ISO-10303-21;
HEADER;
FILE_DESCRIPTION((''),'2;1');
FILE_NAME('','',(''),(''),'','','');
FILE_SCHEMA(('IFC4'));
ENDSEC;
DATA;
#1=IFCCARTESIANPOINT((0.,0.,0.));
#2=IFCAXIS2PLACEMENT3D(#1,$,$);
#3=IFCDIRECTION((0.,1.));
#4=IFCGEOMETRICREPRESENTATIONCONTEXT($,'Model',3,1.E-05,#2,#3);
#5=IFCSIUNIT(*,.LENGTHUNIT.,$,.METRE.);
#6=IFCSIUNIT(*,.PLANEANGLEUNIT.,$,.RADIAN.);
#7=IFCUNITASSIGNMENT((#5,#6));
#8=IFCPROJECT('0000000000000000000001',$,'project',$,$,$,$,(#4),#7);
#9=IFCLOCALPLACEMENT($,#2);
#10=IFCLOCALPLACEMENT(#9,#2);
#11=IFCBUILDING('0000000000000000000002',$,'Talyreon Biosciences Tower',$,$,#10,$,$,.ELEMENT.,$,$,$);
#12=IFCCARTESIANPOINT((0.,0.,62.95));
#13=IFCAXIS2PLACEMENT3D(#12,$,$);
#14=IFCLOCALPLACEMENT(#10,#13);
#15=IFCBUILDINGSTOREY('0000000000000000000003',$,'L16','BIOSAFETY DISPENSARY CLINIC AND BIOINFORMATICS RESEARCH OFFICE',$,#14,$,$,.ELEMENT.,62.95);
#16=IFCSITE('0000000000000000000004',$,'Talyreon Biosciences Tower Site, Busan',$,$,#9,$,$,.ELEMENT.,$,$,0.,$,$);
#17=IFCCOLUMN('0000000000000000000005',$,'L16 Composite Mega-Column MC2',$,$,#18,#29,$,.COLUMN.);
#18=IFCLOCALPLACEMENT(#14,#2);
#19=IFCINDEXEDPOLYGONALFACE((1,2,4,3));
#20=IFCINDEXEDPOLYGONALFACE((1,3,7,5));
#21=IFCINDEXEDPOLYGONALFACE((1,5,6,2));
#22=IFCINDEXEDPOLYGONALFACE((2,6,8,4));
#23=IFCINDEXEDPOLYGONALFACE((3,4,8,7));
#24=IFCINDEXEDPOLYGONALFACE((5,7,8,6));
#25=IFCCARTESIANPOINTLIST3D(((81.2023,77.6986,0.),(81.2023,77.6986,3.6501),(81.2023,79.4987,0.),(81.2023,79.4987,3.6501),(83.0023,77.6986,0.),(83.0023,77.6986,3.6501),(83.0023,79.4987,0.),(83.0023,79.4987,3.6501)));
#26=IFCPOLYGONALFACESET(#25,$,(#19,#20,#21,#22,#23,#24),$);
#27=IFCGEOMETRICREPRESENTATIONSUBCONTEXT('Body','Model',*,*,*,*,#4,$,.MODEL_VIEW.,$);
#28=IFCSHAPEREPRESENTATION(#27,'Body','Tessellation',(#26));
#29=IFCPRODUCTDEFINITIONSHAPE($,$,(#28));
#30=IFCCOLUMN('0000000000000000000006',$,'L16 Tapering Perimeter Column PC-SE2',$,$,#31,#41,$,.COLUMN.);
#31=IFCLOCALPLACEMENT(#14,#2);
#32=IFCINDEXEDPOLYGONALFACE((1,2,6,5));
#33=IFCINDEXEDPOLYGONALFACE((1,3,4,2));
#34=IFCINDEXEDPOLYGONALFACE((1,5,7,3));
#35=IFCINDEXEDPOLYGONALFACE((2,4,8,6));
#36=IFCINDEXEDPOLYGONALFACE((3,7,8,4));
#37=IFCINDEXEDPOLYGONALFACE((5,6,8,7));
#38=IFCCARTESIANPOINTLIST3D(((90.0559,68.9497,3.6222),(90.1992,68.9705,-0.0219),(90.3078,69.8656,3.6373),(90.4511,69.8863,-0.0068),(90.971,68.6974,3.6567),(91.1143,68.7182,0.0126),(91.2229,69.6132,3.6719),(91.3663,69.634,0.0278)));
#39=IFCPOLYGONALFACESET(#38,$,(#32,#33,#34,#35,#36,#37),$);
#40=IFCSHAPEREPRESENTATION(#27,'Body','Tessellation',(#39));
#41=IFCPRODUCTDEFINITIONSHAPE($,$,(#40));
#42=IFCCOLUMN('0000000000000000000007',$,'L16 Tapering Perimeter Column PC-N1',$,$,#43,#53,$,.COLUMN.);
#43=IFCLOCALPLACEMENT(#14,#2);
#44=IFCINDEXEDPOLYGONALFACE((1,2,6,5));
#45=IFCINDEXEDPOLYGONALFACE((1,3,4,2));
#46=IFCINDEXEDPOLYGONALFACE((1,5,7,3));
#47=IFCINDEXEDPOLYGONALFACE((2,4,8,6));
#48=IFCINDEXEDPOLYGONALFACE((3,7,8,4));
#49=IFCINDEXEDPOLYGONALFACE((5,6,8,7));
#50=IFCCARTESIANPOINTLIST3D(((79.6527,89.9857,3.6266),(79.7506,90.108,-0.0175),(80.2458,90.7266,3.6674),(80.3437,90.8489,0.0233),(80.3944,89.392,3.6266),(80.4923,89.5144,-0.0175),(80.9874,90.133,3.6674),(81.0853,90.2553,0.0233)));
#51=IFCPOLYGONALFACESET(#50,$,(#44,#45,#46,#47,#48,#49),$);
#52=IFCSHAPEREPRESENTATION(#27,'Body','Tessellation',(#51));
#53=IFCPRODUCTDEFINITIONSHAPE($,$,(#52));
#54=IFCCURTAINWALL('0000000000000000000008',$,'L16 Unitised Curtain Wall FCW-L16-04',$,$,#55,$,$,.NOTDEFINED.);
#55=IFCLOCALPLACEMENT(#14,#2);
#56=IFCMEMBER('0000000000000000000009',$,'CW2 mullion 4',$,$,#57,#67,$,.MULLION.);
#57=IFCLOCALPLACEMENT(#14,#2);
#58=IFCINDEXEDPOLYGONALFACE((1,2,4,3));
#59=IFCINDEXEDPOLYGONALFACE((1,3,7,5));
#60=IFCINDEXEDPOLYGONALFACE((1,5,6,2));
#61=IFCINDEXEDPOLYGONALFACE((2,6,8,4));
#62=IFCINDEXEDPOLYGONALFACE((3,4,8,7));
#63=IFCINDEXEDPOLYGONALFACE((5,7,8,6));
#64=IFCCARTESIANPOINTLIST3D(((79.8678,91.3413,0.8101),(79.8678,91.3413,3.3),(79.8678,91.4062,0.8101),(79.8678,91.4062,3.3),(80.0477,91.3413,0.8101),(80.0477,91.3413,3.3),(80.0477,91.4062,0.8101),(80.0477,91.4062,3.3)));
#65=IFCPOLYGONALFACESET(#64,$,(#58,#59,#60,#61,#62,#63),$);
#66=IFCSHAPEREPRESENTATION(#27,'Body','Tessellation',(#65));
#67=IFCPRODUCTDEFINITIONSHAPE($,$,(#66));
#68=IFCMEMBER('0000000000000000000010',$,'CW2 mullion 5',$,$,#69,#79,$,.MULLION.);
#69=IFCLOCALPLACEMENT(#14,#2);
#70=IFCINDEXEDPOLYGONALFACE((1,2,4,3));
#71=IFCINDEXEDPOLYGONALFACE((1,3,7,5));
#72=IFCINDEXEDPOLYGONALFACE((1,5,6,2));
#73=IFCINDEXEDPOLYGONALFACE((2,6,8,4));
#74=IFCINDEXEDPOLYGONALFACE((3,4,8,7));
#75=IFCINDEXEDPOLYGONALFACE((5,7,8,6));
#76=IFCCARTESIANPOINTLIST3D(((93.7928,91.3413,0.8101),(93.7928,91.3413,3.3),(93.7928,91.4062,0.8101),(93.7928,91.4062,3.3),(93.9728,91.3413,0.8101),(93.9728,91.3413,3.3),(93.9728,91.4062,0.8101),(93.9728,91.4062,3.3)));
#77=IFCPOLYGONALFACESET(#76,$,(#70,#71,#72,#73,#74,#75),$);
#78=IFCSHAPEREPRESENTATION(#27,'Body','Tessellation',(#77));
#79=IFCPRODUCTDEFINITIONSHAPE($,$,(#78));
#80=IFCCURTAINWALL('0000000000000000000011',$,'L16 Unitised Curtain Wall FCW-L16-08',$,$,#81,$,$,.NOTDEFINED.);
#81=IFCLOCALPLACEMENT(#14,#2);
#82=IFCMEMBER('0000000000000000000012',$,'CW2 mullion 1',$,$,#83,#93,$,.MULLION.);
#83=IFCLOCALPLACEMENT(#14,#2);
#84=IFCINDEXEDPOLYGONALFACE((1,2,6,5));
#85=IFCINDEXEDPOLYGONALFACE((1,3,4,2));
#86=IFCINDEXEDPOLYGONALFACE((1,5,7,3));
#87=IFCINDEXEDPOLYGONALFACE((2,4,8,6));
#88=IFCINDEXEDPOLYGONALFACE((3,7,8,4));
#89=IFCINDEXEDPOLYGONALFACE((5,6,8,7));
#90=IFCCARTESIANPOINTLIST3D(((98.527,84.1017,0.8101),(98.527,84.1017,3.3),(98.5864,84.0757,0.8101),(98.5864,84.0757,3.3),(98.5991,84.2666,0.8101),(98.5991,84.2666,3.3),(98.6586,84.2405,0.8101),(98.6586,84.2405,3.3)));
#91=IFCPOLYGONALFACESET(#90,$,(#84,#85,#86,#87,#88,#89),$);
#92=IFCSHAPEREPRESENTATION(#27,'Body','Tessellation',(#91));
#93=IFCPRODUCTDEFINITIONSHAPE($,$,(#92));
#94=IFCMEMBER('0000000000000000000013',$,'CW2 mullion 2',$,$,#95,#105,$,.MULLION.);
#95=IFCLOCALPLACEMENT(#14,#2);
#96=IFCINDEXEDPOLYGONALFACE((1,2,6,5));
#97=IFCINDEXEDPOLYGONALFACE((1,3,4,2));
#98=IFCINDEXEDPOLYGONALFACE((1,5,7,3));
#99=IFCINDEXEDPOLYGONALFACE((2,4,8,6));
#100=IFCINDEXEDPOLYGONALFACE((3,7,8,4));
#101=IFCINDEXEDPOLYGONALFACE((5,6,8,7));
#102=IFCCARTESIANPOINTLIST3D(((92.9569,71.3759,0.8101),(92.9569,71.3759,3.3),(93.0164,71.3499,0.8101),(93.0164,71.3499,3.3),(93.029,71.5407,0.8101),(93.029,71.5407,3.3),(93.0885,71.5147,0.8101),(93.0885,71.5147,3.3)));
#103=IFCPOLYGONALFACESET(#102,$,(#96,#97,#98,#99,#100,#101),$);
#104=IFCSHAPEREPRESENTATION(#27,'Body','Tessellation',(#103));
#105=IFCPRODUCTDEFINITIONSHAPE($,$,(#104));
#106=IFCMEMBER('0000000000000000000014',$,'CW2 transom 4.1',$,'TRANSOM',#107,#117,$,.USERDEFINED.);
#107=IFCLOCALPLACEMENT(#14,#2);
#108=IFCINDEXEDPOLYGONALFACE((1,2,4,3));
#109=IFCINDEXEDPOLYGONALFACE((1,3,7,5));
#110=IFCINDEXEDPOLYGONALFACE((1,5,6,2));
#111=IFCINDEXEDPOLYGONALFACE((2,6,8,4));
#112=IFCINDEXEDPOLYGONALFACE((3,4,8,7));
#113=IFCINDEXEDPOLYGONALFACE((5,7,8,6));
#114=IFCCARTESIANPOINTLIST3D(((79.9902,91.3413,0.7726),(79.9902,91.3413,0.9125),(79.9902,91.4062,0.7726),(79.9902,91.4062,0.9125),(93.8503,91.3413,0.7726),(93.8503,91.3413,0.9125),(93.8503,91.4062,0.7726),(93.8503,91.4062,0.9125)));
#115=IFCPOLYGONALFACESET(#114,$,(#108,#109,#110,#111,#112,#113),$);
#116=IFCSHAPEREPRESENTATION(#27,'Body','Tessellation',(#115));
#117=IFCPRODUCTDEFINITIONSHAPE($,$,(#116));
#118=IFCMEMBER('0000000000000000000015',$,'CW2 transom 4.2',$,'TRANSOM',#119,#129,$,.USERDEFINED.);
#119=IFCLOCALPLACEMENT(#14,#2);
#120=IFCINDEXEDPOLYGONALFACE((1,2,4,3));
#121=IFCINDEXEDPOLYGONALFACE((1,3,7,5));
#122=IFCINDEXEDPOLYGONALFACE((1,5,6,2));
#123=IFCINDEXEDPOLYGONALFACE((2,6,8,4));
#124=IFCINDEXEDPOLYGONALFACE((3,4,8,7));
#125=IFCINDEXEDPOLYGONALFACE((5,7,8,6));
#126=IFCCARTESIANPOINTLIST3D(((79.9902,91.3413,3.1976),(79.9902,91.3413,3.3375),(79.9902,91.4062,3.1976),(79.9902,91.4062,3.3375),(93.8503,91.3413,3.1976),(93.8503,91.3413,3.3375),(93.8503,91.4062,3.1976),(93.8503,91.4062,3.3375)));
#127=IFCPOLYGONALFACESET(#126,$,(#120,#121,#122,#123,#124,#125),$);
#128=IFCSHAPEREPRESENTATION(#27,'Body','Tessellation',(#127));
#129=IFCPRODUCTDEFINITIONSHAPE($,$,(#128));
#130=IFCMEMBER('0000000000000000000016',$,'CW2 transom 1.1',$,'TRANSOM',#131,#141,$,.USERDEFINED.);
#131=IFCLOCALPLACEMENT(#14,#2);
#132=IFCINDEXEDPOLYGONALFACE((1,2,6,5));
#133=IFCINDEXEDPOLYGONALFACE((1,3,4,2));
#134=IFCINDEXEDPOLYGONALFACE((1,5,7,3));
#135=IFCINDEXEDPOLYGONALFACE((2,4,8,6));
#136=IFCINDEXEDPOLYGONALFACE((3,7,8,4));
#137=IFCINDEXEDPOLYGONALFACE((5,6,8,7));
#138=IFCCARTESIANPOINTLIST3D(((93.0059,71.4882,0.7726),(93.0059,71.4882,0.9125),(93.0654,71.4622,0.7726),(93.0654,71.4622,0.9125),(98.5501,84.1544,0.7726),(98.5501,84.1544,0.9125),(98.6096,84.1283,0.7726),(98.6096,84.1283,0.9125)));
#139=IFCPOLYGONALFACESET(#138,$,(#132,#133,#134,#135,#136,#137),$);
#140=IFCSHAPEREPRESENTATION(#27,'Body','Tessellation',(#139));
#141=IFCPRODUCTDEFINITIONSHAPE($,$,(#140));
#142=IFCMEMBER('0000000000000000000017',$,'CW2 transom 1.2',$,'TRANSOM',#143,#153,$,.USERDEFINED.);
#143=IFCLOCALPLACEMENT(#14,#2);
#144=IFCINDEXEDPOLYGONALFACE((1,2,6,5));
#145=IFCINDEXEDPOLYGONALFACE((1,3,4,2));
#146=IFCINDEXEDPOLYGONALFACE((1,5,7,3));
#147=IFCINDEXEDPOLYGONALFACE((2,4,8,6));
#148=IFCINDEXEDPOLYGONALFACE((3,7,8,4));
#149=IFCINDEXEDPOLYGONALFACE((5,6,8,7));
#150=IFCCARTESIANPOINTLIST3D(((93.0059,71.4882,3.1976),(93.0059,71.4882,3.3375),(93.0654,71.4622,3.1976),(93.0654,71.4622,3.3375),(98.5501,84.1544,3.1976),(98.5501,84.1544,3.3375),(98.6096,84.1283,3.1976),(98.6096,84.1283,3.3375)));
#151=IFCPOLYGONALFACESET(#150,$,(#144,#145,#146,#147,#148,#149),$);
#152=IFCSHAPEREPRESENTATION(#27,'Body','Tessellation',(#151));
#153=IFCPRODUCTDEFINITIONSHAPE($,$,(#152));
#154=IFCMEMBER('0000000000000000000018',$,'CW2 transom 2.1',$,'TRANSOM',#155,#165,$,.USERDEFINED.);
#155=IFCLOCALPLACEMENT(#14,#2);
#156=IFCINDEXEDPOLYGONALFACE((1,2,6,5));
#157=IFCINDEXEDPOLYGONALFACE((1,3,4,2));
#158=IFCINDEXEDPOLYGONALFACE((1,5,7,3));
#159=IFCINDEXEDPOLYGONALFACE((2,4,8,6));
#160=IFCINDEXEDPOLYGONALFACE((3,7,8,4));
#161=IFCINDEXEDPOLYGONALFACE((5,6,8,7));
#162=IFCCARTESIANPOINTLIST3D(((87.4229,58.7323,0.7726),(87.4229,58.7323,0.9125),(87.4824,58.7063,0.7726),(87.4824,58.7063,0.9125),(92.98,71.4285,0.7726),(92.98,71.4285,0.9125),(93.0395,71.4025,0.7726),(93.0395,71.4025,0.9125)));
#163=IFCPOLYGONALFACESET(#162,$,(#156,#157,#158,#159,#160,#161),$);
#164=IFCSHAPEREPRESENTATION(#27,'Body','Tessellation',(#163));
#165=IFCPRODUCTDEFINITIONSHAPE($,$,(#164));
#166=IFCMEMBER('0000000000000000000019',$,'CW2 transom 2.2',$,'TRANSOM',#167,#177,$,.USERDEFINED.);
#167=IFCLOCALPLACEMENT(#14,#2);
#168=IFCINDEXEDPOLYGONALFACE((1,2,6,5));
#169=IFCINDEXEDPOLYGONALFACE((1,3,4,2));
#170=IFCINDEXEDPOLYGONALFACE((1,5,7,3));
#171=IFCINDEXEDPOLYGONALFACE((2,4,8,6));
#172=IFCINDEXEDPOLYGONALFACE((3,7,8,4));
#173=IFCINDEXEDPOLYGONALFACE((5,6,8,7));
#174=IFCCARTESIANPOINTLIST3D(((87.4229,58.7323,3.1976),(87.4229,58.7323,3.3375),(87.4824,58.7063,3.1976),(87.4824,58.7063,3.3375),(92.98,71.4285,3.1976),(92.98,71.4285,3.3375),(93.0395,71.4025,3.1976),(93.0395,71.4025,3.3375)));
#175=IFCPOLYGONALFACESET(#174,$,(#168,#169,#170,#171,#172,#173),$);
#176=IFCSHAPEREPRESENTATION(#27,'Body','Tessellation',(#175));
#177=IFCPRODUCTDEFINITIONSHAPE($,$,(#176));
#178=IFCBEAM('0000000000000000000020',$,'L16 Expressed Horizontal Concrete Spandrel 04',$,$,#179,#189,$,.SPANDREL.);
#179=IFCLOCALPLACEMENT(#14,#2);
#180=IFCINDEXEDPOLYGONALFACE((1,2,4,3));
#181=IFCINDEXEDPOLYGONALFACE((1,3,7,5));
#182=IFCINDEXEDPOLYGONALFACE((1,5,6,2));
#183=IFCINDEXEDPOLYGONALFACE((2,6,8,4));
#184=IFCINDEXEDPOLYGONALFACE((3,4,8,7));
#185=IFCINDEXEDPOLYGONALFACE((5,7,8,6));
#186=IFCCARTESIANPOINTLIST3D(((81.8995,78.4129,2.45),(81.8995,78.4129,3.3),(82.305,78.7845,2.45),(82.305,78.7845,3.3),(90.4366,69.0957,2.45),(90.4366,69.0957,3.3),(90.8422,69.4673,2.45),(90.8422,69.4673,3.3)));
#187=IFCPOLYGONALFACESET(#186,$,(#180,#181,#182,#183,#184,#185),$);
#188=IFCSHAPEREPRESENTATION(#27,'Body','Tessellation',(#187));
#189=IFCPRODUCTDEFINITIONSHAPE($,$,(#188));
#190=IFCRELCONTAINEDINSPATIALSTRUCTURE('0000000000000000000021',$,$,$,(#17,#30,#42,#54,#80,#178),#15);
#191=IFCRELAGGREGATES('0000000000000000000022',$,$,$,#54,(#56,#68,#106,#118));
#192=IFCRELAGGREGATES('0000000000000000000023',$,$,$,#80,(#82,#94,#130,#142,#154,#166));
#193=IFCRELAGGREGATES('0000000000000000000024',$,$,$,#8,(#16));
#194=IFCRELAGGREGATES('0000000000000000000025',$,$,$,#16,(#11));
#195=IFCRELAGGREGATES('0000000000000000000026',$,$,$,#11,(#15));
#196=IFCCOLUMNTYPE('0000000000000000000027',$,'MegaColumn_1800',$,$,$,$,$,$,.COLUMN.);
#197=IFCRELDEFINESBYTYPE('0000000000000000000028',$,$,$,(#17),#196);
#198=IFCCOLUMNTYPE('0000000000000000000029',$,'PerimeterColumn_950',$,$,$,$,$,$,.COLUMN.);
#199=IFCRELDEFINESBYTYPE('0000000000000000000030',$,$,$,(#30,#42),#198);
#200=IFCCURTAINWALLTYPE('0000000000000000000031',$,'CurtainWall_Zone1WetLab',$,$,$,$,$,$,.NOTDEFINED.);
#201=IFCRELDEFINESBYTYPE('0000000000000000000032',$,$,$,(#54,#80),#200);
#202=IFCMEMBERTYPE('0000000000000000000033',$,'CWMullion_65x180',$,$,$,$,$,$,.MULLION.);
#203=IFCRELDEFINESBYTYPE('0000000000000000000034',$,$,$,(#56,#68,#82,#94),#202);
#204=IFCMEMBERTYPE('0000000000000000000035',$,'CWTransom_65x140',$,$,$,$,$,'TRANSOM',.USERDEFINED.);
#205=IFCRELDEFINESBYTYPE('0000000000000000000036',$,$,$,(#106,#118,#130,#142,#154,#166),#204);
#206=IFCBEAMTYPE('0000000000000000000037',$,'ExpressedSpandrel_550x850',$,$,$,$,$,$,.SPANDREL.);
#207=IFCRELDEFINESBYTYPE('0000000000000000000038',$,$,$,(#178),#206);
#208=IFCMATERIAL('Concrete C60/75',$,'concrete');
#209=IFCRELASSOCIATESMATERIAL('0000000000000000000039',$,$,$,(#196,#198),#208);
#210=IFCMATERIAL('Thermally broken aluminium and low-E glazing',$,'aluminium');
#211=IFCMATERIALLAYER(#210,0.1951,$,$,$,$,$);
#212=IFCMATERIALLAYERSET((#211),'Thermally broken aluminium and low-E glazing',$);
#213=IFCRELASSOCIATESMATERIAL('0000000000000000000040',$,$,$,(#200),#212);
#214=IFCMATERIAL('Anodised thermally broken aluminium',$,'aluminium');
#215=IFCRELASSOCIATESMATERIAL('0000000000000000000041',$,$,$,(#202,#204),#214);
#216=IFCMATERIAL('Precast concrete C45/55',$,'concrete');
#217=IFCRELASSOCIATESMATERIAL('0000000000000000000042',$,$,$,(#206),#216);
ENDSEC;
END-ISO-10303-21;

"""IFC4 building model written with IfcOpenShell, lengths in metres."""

from ifc_helpers import new_model, si_unit, direction, frame, origin, origin_2d, place, context, subcontext, project, spatial, rectangle, extrude, material, layer, layer_set, material_profile, profile_set, type_object, element, aggregate, save


model = new_model("IFC4")

# Units and contexts
model_context = context("Model", 3, precision=1e-05, world=origin(), true_north=direction((0.0, 1.0)))
body_context = subcontext(model_context, "Body", "Model", "MODEL_VIEW")
ifc_project = project(units=[si_unit("LENGTHUNIT", "METRE"), si_unit("PLANEANGLEUNIT", "RADIAN")], contexts=[model_context])

# Site, building, storey
site_placement = place(None, origin())
site = spatial("IfcSite", under=ifc_project, at=site_placement, Name="Talyreon Biosciences Tower Site, Busan", CompositionType="ELEMENT", RefElevation=0.0)
building_placement = place(site_placement, origin())
building = spatial("IfcBuilding", under=site, at=building_placement, Name="Talyreon Biosciences Tower", CompositionType="ELEMENT")
storey_placement = place(building_placement, frame((0.0, 0.0, 62.95)))
storey = spatial("IfcBuildingStorey", under=building, at=storey_placement, Name="L16", Description="BIOSAFETY DISPENSARY CLINIC AND BIOINFORMATICS RESEARCH OFFICE", CompositionType="ELEMENT", Elevation=62.95)

# Columns
ifc_material_1 = material(Name="Concrete C60/75", Category="concrete")
ifc_material_profile_1 = material_profile(ifc_material_1, rectangle(XDim=1.8, YDim=1.8, at=origin_2d()), Name="RC 1800x1800")
ifc_profile_set_1 = profile_set([ifc_material_profile_1], Name="Concrete C60/75")
column_type_1 = type_object("IfcColumnType", Name="MegaColumn_1800", PredefinedType="COLUMN", material=ifc_profile_set_1)
column_1_placement = place(storey_placement, frame((82.1023, 78.5986, 0.0), z_axis=(0.0, 0.0, 1.0), x_axis=(1.0, 0.0, 0.0)))
element("IfcColumn", 1, at=column_1_placement, inside=storey, type_object=column_type_1, Name="L16 Composite Mega-Column MC2", PredefinedType="COLUMN", context=body_context, shape_type="SweptSolid", body=[
    extrude(rectangle(XDim=1.8, YDim=1.8, at=origin_2d()), origin(), (0.0, 0.0, 1.0), 3.6501),
])
ifc_material_profile_2 = material_profile(ifc_material_1, rectangle(XDim=0.95, YDim=0.95, at=origin_2d()), Name="RC 950x950")
ifc_profile_set_2 = profile_set([ifc_material_profile_2], Name="Concrete C60/75")
column_type_2 = type_object("IfcColumnType", Name="PerimeterColumn_950", PredefinedType="COLUMN", material=ifc_profile_set_2)
column_2_placement = place(storey_placement, frame((90.7827, 69.3022, 0.0029), z_axis=(-0.039296, -0.00569, 0.999211), x_axis=(0.963396, -0.265603, 0.036375)))
element("IfcColumn", 2, at=column_2_placement, inside=storey, type_object=column_type_2, Name="L16 Tapering Perimeter Column PC-SE2", PredefinedType="COLUMN", context=body_context, shape_type="SweptSolid", body=[
    extrude(rectangle(XDim=0.95, YDim=0.95, at=origin_2d()), origin(), (0.0, 0.0, 1.0), 3.647),
])
column_3_placement = place(storey_placement, frame((80.418, 90.1816, 0.0029), z_axis=(-0.026841, -0.033535, 0.999077), x_axis=(-0.780717, 0.624885, 0.0)))
element("IfcColumn", 3, at=column_3_placement, inside=storey, type_object=column_type_2, Name="L16 Tapering Perimeter Column PC-N1", PredefinedType="COLUMN", context=body_context, shape_type="SweptSolid", body=[
    extrude(rectangle(XDim=0.95, YDim=0.95, at=origin_2d()), origin(), (0.0, 0.0, 1.0), 3.6475),
])

# Curtain walls, members
ifc_material_2 = material(Name="Thermally broken aluminium and low-E glazing", Category="aluminium")
ifc_layer_1 = layer(ifc_material_2, 0.1951)
ifc_layer_set_1 = layer_set([ifc_layer_1], Name="Thermally broken aluminium and low-E glazing")
curtain_wall_type = type_object("IfcCurtainWallType", Name="CurtainWall_Zone1WetLab", PredefinedType="NOTDEFINED", material=ifc_layer_set_1)
curtain_wall_1_placement = place(storey_placement, origin())
curtain_wall_1 = element("IfcCurtainWall", 4, at=curtain_wall_1_placement, inside=storey, type_object=curtain_wall_type, Name="L16 Unitised Curtain Wall FCW-L16-04", PredefinedType="NOTDEFINED")
ifc_material_3 = material(Name="Anodised thermally broken aluminium", Category="aluminium")
ifc_material_profile_3 = material_profile(ifc_material_3, rectangle(XDim=0.0649, YDim=0.1799, at=origin_2d()), Name="ALUM MULLION 65x180")
ifc_profile_set_3 = profile_set([ifc_material_profile_3], Name="Anodised thermally broken aluminium")
member_type_1 = type_object("IfcMemberType", Name="CWMullion_65x180", PredefinedType="MULLION", material=ifc_profile_set_3)
member_1_placement = place(storey_placement, frame((79.9578, 91.3738, 0.8101), z_axis=(0.0, 0.0, 1.0), x_axis=(0.0, 1.0, 0.0)))
member_1 = element("IfcMember", 5, at=member_1_placement, type_object=member_type_1, Name="CW2 mullion 4", PredefinedType="MULLION", context=body_context, shape_type="SweptSolid", body=[
    extrude(rectangle(XDim=0.0649, YDim=0.1799, at=origin_2d()), origin(), (0.0, 0.0, 1.0), 2.49),
])
member_2_placement = place(storey_placement, frame((93.8828, 91.3738, 0.8101), z_axis=(0.0, 0.0, 1.0), x_axis=(0.0, 1.0, 0.0)))
member_2 = element("IfcMember", 6, at=member_2_placement, type_object=member_type_1, Name="CW2 mullion 5", PredefinedType="MULLION", context=body_context, shape_type="SweptSolid", body=[
    extrude(rectangle(XDim=0.0649, YDim=0.1799, at=origin_2d()), origin(), (0.0, 0.0, 1.0), 2.49),
])
curtain_wall_2_placement = place(storey_placement, origin())
curtain_wall_2 = element("IfcCurtainWall", 7, at=curtain_wall_2_placement, inside=storey, type_object=curtain_wall_type, Name="L16 Unitised Curtain Wall FCW-L16-08", PredefinedType="NOTDEFINED")
member_3_placement = place(storey_placement, frame((98.5928, 84.1711, 0.8101), z_axis=(0.0, 0.0, 1.0), x_axis=(0.916092, -0.400968, 0.0)))
member_3 = element("IfcMember", 8, at=member_3_placement, type_object=member_type_1, Name="CW2 mullion 1", PredefinedType="MULLION", context=body_context, shape_type="SweptSolid", body=[
    extrude(rectangle(XDim=0.0649, YDim=0.1799, at=origin_2d()), origin(), (0.0, 0.0, 1.0), 2.49),
])
member_4_placement = place(storey_placement, frame((93.0227, 71.4453, 0.8101), z_axis=(0.0, 0.0, 1.0), x_axis=(0.916092, -0.400968, 0.0)))
member_4 = element("IfcMember", 9, at=member_4_placement, type_object=member_type_1, Name="CW2 mullion 2", PredefinedType="MULLION", context=body_context, shape_type="SweptSolid", body=[
    extrude(rectangle(XDim=0.0649, YDim=0.1799, at=origin_2d()), origin(), (0.0, 0.0, 1.0), 2.49),
])

# Members
ifc_material_profile_4 = material_profile(ifc_material_3, rectangle(XDim=0.0649, YDim=0.1399, at=origin_2d()), Name="ALUM TRANSOM 65x140")
ifc_profile_set_4 = profile_set([ifc_material_profile_4], Name="Anodised thermally broken aluminium")
member_type_2 = type_object("IfcMemberType", Name="CWTransom_65x140", ElementType="TRANSOM", PredefinedType="USERDEFINED", material=ifc_profile_set_4)
member_5_placement = place(storey_placement, frame((79.9902, 91.3738, 0.8425), z_axis=(1.0, 0.0, 0.0), x_axis=(0.0, 1.0, 0.0)))
member_5 = element("IfcMember", 10, at=member_5_placement, type_object=member_type_2, Name="CW2 transom 4.1", ObjectType="TRANSOM", PredefinedType="USERDEFINED", context=body_context, shape_type="SweptSolid", body=[
    extrude(rectangle(XDim=0.0649, YDim=0.1399, at=origin_2d()), origin(), (0.0, 0.0, 1.0), 13.8601),
])
member_6_placement = place(storey_placement, frame((79.9902, 91.3738, 3.2676), z_axis=(1.0, 0.0, 0.0), x_axis=(0.0, 1.0, 0.0)))
member_6 = element("IfcMember", 11, at=member_6_placement, type_object=member_type_2, Name="CW2 transom 4.2", ObjectType="TRANSOM", PredefinedType="USERDEFINED", context=body_context, shape_type="SweptSolid", body=[
    extrude(rectangle(XDim=0.0649, YDim=0.1399, at=origin_2d()), origin(), (0.0, 0.0, 1.0), 13.8601),
])
member_7_placement = place(storey_placement, frame((98.5798, 84.1414, 0.8425), z_axis=(-0.400983, -0.916086, 0.0), x_axis=(0.916086, -0.400983, 0.0)))
member_7 = element("IfcMember", 12, at=member_7_placement, type_object=member_type_2, Name="CW2 transom 1.1", ObjectType="TRANSOM", PredefinedType="USERDEFINED", context=body_context, shape_type="SweptSolid", body=[
    extrude(rectangle(XDim=0.0649, YDim=0.1399, at=origin_2d()), origin(), (0.0, 0.0, 1.0), 13.8264),
])
member_8_placement = place(storey_placement, frame((98.5798, 84.1414, 3.2676), z_axis=(-0.400983, -0.916086, 0.0), x_axis=(0.916086, -0.400983, 0.0)))
member_8 = element("IfcMember", 13, at=member_8_placement, type_object=member_type_2, Name="CW2 transom 1.2", ObjectType="TRANSOM", PredefinedType="USERDEFINED", context=body_context, shape_type="SweptSolid", body=[
    extrude(rectangle(XDim=0.0649, YDim=0.1399, at=origin_2d()), origin(), (0.0, 0.0, 1.0), 13.8264),
])
member_9_placement = place(storey_placement, frame((93.0098, 71.4155, 0.8425), z_axis=(-0.40097, -0.916091, 0.0), x_axis=(0.916091, -0.40097, 0.0)))
member_9 = element("IfcMember", 14, at=member_9_placement, type_object=member_type_2, Name="CW2 transom 2.1", ObjectType="TRANSOM", PredefinedType="USERDEFINED", context=body_context, shape_type="SweptSolid", body=[
    extrude(rectangle(XDim=0.0649, YDim=0.1399, at=origin_2d()), origin(), (0.0, 0.0, 1.0), 13.8591),
])
member_10_placement = place(storey_placement, frame((93.0098, 71.4155, 3.2676), z_axis=(-0.40097, -0.916091, 0.0), x_axis=(0.916091, -0.40097, 0.0)))
member_10 = element("IfcMember", 15, at=member_10_placement, type_object=member_type_2, Name="CW2 transom 2.2", ObjectType="TRANSOM", PredefinedType="USERDEFINED", context=body_context, shape_type="SweptSolid", body=[
    extrude(rectangle(XDim=0.0649, YDim=0.1399, at=origin_2d()), origin(), (0.0, 0.0, 1.0), 13.8591),
])

# Beam
ifc_material_4 = material(Name="Precast concrete C45/55", Category="concrete")
ifc_material_profile_5 = material_profile(ifc_material_4, rectangle(XDim=0.55, YDim=0.8501, at=origin_2d()), Name="RCB 550x850")
ifc_profile_set_5 = profile_set([ifc_material_profile_5], Name="Precast concrete C45/55")
beam_type_1 = type_object("IfcBeamType", Name="ExpressedSpandrel_550x850", PredefinedType="SPANDREL", material=ifc_profile_set_5)
beam_1_placement = place(storey_placement, frame((90.6394, 69.2815, 2.875), z_axis=(-0.67557, 0.737296, 0.0), x_axis=(-0.737296, -0.67557, 0.0)))
element("IfcBeam", 16, at=beam_1_placement, inside=storey, type_object=beam_type_1, Name="L16 Expressed Horizontal Concrete Spandrel 04", PredefinedType="SPANDREL", context=body_context, shape_type="SweptSolid", body=[
    extrude(rectangle(XDim=0.55, YDim=0.8501, at=origin_2d()), origin(), (0.0, 0.0, 1.0), 12.637),
])

aggregate(curtain_wall_1, [member_1, member_2, member_5, member_6])
aggregate(curtain_wall_2, [member_3, member_4, member_7, member_8, member_9, member_10])

save(model, "model.ifc")
